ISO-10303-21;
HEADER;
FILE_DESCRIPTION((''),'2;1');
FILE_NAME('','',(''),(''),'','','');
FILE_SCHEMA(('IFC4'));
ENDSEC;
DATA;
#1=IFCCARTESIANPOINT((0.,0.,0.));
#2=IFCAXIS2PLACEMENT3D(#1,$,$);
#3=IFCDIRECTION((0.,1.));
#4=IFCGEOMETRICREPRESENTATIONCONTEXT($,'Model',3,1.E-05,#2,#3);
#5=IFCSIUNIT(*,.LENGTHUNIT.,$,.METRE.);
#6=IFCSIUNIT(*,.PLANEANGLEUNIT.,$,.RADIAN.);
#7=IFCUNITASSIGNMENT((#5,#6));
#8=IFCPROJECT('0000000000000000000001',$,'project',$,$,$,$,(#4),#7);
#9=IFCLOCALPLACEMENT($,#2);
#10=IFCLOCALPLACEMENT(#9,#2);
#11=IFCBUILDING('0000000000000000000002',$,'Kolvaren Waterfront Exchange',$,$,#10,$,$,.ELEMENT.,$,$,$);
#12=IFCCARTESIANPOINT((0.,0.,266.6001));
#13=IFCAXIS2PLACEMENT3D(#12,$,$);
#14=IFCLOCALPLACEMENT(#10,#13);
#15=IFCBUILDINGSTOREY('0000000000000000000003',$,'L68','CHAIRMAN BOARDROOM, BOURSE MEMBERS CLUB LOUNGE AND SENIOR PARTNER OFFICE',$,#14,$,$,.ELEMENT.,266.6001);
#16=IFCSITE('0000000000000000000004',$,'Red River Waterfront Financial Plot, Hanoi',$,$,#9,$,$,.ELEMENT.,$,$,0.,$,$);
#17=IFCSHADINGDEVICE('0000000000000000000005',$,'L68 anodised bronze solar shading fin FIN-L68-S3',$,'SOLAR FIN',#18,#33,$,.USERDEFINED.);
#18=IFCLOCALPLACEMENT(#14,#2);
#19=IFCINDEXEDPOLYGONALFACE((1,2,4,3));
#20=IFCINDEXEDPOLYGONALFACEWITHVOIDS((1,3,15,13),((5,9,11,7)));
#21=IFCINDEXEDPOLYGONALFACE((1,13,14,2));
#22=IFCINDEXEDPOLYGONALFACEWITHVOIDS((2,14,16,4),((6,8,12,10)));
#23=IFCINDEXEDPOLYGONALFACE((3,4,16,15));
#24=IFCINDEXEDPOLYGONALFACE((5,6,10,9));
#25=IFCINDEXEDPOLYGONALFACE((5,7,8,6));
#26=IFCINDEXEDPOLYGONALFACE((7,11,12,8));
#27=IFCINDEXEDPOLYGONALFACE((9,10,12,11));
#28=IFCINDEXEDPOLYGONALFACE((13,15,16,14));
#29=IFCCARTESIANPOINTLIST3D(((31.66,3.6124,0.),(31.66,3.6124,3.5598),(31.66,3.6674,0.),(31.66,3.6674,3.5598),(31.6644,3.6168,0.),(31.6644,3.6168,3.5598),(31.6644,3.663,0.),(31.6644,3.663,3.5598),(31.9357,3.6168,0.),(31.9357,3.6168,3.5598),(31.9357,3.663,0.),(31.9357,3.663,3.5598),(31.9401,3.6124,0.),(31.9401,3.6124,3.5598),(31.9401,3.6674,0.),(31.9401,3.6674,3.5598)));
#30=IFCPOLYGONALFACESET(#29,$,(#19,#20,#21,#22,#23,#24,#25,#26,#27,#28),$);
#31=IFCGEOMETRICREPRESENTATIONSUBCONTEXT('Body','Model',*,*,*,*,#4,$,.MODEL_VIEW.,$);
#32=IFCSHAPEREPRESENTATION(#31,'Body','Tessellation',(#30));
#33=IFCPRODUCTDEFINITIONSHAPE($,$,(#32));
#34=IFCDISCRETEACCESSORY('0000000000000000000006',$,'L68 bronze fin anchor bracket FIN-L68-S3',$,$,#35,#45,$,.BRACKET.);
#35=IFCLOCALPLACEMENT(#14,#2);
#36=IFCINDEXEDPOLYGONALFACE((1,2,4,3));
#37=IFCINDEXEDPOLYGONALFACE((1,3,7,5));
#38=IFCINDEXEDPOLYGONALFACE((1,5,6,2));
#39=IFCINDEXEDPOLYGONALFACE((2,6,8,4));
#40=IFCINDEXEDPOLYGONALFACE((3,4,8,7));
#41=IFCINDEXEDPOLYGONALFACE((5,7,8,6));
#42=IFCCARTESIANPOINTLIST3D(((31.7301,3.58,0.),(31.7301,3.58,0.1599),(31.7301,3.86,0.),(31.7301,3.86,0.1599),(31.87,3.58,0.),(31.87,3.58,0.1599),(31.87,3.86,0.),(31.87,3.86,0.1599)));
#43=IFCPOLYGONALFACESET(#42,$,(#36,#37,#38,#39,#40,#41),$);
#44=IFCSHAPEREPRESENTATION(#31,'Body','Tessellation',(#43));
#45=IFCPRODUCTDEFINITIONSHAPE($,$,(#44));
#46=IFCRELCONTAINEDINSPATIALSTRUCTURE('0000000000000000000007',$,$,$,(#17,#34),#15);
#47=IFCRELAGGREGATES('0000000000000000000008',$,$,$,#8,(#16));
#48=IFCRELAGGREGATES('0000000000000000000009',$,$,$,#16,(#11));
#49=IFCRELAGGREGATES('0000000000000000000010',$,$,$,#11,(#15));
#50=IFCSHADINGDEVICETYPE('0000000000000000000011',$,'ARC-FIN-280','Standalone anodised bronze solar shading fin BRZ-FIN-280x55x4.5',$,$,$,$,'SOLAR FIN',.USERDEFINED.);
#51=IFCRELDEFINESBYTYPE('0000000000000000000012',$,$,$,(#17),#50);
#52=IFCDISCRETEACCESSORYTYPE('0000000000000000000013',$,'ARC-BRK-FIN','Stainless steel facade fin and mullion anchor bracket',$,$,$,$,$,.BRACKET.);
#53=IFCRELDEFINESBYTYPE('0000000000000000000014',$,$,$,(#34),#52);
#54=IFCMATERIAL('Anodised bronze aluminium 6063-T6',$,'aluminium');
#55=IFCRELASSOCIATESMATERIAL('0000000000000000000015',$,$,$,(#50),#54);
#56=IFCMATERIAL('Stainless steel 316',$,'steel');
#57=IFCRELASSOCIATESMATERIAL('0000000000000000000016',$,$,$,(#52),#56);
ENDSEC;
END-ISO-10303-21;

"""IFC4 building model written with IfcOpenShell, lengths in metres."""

from ifc_helpers import new_model, si_unit, direction, frame, origin, origin_with_axes, origin_2d, place, context, subcontext, project, spatial, rectangle, hollow_rectangle, extrude, source, transform, mapped, material, material_profile, profile_set, type_object, element, save


model = new_model("IFC4")

# Units and contexts
model_context = context("Model", 3, precision=1e-05, world=origin(), true_north=direction((0.0, 1.0)))
body_context = subcontext(model_context, "Body", "Model", "MODEL_VIEW")
ifc_project = project(units=[si_unit("LENGTHUNIT", "METRE"), si_unit("PLANEANGLEUNIT", "RADIAN")], contexts=[model_context])

# Site, building, storey
site_placement = place(None, origin())
site = spatial("IfcSite", under=ifc_project, at=site_placement, Name="Red River Waterfront Financial Plot, Hanoi", CompositionType="ELEMENT", RefElevation=0.0)
building_placement = place(site_placement, origin())
building = spatial("IfcBuilding", under=site, at=building_placement, Name="Kolvaren Waterfront Exchange", CompositionType="ELEMENT")
storey_placement = place(building_placement, frame((0.0, 0.0, 266.6001)))
storey = spatial("IfcBuildingStorey", under=building, at=storey_placement, Name="L68", Description="CHAIRMAN BOARDROOM, BOURSE MEMBERS CLUB LOUNGE AND SENIOR PARTNER OFFICE", CompositionType="ELEMENT", Elevation=266.6001)

# Shared definitions
ifc_material_1 = material(Name="Anodised bronze aluminium 6063-T6", Category="aluminium")

# Shading device
ifc_material_profile_1 = material_profile(ifc_material_1, hollow_rectangle(XDim=0.0549, YDim=0.28, WallThickness=0.0044, at=origin_2d()), Name="BRZ-FIN-280x55x4.5")
ifc_profile_set_1 = profile_set([ifc_material_profile_1], Name="Anodised bronze aluminium 6063-T6")
shading_device_type = type_object("IfcShadingDeviceType", Name="ARC-FIN-280", Description="Standalone anodised bronze solar shading fin BRZ-FIN-280x55x4.5", ElementType="SOLAR FIN", PredefinedType="USERDEFINED", material=ifc_profile_set_1)
shading_device_placement = place(storey_placement, frame((31.8, 3.6399, 0.0), z_axis=(0.0, 0.0, 1.0), x_axis=(0.0, -1.0, 0.0)))
element("IfcShadingDevice", 1, at=shading_device_placement, inside=storey, type_object=shading_device_type, Name="L68 anodised bronze solar shading fin FIN-L68-S3", ObjectType="SOLAR FIN", PredefinedType="USERDEFINED", context=body_context, shape_type="SweptSolid", body=[
    extrude(hollow_rectangle(XDim=0.0549, YDim=0.28, WallThickness=0.0044, at=origin_2d()), origin(), (0.0, 0.0, 1.0), 3.5598),
])

# Discrete accessory
ifc_material_2 = material(Name="Stainless steel 316", Category="steel")
discrete_accessory_type = type_object("IfcDiscreteAccessoryType", Name="ARC-BRK-FIN", Description="Stainless steel facade fin and mullion anchor bracket", PredefinedType="BRACKET", material=ifc_material_2)
shared_shape_1 = source(origin_with_axes(), body_context, "Body", "SweptSolid", [
    extrude(rectangle(XDim=0.28, YDim=0.1399, at=origin_2d()), origin(), (0.0, 0.0, 1.0), 0.1599),
])
discrete_accessory_placement = place(storey_placement, frame((31.8, 3.72, 0.0), z_axis=(0.0, 0.0, 1.0), x_axis=(0.0, -1.0, 0.0)))
element("IfcDiscreteAccessory", 2, at=discrete_accessory_placement, inside=storey, type_object=discrete_accessory_type, Name="L68 bronze fin anchor bracket FIN-L68-S3", PredefinedType="BRACKET", context=body_context, shape_type="MappedRepresentation", body=[
    mapped(shared_shape_1, transform((0.0, 0.0, 0.0), x_axis=(1.0, 0.0, 0.0), y_axis=(0.0, 1.0, 0.0), z_axis=(0.0, 0.0, 1.0), scale=1.0)),
])

save(model, "model.ifc")
